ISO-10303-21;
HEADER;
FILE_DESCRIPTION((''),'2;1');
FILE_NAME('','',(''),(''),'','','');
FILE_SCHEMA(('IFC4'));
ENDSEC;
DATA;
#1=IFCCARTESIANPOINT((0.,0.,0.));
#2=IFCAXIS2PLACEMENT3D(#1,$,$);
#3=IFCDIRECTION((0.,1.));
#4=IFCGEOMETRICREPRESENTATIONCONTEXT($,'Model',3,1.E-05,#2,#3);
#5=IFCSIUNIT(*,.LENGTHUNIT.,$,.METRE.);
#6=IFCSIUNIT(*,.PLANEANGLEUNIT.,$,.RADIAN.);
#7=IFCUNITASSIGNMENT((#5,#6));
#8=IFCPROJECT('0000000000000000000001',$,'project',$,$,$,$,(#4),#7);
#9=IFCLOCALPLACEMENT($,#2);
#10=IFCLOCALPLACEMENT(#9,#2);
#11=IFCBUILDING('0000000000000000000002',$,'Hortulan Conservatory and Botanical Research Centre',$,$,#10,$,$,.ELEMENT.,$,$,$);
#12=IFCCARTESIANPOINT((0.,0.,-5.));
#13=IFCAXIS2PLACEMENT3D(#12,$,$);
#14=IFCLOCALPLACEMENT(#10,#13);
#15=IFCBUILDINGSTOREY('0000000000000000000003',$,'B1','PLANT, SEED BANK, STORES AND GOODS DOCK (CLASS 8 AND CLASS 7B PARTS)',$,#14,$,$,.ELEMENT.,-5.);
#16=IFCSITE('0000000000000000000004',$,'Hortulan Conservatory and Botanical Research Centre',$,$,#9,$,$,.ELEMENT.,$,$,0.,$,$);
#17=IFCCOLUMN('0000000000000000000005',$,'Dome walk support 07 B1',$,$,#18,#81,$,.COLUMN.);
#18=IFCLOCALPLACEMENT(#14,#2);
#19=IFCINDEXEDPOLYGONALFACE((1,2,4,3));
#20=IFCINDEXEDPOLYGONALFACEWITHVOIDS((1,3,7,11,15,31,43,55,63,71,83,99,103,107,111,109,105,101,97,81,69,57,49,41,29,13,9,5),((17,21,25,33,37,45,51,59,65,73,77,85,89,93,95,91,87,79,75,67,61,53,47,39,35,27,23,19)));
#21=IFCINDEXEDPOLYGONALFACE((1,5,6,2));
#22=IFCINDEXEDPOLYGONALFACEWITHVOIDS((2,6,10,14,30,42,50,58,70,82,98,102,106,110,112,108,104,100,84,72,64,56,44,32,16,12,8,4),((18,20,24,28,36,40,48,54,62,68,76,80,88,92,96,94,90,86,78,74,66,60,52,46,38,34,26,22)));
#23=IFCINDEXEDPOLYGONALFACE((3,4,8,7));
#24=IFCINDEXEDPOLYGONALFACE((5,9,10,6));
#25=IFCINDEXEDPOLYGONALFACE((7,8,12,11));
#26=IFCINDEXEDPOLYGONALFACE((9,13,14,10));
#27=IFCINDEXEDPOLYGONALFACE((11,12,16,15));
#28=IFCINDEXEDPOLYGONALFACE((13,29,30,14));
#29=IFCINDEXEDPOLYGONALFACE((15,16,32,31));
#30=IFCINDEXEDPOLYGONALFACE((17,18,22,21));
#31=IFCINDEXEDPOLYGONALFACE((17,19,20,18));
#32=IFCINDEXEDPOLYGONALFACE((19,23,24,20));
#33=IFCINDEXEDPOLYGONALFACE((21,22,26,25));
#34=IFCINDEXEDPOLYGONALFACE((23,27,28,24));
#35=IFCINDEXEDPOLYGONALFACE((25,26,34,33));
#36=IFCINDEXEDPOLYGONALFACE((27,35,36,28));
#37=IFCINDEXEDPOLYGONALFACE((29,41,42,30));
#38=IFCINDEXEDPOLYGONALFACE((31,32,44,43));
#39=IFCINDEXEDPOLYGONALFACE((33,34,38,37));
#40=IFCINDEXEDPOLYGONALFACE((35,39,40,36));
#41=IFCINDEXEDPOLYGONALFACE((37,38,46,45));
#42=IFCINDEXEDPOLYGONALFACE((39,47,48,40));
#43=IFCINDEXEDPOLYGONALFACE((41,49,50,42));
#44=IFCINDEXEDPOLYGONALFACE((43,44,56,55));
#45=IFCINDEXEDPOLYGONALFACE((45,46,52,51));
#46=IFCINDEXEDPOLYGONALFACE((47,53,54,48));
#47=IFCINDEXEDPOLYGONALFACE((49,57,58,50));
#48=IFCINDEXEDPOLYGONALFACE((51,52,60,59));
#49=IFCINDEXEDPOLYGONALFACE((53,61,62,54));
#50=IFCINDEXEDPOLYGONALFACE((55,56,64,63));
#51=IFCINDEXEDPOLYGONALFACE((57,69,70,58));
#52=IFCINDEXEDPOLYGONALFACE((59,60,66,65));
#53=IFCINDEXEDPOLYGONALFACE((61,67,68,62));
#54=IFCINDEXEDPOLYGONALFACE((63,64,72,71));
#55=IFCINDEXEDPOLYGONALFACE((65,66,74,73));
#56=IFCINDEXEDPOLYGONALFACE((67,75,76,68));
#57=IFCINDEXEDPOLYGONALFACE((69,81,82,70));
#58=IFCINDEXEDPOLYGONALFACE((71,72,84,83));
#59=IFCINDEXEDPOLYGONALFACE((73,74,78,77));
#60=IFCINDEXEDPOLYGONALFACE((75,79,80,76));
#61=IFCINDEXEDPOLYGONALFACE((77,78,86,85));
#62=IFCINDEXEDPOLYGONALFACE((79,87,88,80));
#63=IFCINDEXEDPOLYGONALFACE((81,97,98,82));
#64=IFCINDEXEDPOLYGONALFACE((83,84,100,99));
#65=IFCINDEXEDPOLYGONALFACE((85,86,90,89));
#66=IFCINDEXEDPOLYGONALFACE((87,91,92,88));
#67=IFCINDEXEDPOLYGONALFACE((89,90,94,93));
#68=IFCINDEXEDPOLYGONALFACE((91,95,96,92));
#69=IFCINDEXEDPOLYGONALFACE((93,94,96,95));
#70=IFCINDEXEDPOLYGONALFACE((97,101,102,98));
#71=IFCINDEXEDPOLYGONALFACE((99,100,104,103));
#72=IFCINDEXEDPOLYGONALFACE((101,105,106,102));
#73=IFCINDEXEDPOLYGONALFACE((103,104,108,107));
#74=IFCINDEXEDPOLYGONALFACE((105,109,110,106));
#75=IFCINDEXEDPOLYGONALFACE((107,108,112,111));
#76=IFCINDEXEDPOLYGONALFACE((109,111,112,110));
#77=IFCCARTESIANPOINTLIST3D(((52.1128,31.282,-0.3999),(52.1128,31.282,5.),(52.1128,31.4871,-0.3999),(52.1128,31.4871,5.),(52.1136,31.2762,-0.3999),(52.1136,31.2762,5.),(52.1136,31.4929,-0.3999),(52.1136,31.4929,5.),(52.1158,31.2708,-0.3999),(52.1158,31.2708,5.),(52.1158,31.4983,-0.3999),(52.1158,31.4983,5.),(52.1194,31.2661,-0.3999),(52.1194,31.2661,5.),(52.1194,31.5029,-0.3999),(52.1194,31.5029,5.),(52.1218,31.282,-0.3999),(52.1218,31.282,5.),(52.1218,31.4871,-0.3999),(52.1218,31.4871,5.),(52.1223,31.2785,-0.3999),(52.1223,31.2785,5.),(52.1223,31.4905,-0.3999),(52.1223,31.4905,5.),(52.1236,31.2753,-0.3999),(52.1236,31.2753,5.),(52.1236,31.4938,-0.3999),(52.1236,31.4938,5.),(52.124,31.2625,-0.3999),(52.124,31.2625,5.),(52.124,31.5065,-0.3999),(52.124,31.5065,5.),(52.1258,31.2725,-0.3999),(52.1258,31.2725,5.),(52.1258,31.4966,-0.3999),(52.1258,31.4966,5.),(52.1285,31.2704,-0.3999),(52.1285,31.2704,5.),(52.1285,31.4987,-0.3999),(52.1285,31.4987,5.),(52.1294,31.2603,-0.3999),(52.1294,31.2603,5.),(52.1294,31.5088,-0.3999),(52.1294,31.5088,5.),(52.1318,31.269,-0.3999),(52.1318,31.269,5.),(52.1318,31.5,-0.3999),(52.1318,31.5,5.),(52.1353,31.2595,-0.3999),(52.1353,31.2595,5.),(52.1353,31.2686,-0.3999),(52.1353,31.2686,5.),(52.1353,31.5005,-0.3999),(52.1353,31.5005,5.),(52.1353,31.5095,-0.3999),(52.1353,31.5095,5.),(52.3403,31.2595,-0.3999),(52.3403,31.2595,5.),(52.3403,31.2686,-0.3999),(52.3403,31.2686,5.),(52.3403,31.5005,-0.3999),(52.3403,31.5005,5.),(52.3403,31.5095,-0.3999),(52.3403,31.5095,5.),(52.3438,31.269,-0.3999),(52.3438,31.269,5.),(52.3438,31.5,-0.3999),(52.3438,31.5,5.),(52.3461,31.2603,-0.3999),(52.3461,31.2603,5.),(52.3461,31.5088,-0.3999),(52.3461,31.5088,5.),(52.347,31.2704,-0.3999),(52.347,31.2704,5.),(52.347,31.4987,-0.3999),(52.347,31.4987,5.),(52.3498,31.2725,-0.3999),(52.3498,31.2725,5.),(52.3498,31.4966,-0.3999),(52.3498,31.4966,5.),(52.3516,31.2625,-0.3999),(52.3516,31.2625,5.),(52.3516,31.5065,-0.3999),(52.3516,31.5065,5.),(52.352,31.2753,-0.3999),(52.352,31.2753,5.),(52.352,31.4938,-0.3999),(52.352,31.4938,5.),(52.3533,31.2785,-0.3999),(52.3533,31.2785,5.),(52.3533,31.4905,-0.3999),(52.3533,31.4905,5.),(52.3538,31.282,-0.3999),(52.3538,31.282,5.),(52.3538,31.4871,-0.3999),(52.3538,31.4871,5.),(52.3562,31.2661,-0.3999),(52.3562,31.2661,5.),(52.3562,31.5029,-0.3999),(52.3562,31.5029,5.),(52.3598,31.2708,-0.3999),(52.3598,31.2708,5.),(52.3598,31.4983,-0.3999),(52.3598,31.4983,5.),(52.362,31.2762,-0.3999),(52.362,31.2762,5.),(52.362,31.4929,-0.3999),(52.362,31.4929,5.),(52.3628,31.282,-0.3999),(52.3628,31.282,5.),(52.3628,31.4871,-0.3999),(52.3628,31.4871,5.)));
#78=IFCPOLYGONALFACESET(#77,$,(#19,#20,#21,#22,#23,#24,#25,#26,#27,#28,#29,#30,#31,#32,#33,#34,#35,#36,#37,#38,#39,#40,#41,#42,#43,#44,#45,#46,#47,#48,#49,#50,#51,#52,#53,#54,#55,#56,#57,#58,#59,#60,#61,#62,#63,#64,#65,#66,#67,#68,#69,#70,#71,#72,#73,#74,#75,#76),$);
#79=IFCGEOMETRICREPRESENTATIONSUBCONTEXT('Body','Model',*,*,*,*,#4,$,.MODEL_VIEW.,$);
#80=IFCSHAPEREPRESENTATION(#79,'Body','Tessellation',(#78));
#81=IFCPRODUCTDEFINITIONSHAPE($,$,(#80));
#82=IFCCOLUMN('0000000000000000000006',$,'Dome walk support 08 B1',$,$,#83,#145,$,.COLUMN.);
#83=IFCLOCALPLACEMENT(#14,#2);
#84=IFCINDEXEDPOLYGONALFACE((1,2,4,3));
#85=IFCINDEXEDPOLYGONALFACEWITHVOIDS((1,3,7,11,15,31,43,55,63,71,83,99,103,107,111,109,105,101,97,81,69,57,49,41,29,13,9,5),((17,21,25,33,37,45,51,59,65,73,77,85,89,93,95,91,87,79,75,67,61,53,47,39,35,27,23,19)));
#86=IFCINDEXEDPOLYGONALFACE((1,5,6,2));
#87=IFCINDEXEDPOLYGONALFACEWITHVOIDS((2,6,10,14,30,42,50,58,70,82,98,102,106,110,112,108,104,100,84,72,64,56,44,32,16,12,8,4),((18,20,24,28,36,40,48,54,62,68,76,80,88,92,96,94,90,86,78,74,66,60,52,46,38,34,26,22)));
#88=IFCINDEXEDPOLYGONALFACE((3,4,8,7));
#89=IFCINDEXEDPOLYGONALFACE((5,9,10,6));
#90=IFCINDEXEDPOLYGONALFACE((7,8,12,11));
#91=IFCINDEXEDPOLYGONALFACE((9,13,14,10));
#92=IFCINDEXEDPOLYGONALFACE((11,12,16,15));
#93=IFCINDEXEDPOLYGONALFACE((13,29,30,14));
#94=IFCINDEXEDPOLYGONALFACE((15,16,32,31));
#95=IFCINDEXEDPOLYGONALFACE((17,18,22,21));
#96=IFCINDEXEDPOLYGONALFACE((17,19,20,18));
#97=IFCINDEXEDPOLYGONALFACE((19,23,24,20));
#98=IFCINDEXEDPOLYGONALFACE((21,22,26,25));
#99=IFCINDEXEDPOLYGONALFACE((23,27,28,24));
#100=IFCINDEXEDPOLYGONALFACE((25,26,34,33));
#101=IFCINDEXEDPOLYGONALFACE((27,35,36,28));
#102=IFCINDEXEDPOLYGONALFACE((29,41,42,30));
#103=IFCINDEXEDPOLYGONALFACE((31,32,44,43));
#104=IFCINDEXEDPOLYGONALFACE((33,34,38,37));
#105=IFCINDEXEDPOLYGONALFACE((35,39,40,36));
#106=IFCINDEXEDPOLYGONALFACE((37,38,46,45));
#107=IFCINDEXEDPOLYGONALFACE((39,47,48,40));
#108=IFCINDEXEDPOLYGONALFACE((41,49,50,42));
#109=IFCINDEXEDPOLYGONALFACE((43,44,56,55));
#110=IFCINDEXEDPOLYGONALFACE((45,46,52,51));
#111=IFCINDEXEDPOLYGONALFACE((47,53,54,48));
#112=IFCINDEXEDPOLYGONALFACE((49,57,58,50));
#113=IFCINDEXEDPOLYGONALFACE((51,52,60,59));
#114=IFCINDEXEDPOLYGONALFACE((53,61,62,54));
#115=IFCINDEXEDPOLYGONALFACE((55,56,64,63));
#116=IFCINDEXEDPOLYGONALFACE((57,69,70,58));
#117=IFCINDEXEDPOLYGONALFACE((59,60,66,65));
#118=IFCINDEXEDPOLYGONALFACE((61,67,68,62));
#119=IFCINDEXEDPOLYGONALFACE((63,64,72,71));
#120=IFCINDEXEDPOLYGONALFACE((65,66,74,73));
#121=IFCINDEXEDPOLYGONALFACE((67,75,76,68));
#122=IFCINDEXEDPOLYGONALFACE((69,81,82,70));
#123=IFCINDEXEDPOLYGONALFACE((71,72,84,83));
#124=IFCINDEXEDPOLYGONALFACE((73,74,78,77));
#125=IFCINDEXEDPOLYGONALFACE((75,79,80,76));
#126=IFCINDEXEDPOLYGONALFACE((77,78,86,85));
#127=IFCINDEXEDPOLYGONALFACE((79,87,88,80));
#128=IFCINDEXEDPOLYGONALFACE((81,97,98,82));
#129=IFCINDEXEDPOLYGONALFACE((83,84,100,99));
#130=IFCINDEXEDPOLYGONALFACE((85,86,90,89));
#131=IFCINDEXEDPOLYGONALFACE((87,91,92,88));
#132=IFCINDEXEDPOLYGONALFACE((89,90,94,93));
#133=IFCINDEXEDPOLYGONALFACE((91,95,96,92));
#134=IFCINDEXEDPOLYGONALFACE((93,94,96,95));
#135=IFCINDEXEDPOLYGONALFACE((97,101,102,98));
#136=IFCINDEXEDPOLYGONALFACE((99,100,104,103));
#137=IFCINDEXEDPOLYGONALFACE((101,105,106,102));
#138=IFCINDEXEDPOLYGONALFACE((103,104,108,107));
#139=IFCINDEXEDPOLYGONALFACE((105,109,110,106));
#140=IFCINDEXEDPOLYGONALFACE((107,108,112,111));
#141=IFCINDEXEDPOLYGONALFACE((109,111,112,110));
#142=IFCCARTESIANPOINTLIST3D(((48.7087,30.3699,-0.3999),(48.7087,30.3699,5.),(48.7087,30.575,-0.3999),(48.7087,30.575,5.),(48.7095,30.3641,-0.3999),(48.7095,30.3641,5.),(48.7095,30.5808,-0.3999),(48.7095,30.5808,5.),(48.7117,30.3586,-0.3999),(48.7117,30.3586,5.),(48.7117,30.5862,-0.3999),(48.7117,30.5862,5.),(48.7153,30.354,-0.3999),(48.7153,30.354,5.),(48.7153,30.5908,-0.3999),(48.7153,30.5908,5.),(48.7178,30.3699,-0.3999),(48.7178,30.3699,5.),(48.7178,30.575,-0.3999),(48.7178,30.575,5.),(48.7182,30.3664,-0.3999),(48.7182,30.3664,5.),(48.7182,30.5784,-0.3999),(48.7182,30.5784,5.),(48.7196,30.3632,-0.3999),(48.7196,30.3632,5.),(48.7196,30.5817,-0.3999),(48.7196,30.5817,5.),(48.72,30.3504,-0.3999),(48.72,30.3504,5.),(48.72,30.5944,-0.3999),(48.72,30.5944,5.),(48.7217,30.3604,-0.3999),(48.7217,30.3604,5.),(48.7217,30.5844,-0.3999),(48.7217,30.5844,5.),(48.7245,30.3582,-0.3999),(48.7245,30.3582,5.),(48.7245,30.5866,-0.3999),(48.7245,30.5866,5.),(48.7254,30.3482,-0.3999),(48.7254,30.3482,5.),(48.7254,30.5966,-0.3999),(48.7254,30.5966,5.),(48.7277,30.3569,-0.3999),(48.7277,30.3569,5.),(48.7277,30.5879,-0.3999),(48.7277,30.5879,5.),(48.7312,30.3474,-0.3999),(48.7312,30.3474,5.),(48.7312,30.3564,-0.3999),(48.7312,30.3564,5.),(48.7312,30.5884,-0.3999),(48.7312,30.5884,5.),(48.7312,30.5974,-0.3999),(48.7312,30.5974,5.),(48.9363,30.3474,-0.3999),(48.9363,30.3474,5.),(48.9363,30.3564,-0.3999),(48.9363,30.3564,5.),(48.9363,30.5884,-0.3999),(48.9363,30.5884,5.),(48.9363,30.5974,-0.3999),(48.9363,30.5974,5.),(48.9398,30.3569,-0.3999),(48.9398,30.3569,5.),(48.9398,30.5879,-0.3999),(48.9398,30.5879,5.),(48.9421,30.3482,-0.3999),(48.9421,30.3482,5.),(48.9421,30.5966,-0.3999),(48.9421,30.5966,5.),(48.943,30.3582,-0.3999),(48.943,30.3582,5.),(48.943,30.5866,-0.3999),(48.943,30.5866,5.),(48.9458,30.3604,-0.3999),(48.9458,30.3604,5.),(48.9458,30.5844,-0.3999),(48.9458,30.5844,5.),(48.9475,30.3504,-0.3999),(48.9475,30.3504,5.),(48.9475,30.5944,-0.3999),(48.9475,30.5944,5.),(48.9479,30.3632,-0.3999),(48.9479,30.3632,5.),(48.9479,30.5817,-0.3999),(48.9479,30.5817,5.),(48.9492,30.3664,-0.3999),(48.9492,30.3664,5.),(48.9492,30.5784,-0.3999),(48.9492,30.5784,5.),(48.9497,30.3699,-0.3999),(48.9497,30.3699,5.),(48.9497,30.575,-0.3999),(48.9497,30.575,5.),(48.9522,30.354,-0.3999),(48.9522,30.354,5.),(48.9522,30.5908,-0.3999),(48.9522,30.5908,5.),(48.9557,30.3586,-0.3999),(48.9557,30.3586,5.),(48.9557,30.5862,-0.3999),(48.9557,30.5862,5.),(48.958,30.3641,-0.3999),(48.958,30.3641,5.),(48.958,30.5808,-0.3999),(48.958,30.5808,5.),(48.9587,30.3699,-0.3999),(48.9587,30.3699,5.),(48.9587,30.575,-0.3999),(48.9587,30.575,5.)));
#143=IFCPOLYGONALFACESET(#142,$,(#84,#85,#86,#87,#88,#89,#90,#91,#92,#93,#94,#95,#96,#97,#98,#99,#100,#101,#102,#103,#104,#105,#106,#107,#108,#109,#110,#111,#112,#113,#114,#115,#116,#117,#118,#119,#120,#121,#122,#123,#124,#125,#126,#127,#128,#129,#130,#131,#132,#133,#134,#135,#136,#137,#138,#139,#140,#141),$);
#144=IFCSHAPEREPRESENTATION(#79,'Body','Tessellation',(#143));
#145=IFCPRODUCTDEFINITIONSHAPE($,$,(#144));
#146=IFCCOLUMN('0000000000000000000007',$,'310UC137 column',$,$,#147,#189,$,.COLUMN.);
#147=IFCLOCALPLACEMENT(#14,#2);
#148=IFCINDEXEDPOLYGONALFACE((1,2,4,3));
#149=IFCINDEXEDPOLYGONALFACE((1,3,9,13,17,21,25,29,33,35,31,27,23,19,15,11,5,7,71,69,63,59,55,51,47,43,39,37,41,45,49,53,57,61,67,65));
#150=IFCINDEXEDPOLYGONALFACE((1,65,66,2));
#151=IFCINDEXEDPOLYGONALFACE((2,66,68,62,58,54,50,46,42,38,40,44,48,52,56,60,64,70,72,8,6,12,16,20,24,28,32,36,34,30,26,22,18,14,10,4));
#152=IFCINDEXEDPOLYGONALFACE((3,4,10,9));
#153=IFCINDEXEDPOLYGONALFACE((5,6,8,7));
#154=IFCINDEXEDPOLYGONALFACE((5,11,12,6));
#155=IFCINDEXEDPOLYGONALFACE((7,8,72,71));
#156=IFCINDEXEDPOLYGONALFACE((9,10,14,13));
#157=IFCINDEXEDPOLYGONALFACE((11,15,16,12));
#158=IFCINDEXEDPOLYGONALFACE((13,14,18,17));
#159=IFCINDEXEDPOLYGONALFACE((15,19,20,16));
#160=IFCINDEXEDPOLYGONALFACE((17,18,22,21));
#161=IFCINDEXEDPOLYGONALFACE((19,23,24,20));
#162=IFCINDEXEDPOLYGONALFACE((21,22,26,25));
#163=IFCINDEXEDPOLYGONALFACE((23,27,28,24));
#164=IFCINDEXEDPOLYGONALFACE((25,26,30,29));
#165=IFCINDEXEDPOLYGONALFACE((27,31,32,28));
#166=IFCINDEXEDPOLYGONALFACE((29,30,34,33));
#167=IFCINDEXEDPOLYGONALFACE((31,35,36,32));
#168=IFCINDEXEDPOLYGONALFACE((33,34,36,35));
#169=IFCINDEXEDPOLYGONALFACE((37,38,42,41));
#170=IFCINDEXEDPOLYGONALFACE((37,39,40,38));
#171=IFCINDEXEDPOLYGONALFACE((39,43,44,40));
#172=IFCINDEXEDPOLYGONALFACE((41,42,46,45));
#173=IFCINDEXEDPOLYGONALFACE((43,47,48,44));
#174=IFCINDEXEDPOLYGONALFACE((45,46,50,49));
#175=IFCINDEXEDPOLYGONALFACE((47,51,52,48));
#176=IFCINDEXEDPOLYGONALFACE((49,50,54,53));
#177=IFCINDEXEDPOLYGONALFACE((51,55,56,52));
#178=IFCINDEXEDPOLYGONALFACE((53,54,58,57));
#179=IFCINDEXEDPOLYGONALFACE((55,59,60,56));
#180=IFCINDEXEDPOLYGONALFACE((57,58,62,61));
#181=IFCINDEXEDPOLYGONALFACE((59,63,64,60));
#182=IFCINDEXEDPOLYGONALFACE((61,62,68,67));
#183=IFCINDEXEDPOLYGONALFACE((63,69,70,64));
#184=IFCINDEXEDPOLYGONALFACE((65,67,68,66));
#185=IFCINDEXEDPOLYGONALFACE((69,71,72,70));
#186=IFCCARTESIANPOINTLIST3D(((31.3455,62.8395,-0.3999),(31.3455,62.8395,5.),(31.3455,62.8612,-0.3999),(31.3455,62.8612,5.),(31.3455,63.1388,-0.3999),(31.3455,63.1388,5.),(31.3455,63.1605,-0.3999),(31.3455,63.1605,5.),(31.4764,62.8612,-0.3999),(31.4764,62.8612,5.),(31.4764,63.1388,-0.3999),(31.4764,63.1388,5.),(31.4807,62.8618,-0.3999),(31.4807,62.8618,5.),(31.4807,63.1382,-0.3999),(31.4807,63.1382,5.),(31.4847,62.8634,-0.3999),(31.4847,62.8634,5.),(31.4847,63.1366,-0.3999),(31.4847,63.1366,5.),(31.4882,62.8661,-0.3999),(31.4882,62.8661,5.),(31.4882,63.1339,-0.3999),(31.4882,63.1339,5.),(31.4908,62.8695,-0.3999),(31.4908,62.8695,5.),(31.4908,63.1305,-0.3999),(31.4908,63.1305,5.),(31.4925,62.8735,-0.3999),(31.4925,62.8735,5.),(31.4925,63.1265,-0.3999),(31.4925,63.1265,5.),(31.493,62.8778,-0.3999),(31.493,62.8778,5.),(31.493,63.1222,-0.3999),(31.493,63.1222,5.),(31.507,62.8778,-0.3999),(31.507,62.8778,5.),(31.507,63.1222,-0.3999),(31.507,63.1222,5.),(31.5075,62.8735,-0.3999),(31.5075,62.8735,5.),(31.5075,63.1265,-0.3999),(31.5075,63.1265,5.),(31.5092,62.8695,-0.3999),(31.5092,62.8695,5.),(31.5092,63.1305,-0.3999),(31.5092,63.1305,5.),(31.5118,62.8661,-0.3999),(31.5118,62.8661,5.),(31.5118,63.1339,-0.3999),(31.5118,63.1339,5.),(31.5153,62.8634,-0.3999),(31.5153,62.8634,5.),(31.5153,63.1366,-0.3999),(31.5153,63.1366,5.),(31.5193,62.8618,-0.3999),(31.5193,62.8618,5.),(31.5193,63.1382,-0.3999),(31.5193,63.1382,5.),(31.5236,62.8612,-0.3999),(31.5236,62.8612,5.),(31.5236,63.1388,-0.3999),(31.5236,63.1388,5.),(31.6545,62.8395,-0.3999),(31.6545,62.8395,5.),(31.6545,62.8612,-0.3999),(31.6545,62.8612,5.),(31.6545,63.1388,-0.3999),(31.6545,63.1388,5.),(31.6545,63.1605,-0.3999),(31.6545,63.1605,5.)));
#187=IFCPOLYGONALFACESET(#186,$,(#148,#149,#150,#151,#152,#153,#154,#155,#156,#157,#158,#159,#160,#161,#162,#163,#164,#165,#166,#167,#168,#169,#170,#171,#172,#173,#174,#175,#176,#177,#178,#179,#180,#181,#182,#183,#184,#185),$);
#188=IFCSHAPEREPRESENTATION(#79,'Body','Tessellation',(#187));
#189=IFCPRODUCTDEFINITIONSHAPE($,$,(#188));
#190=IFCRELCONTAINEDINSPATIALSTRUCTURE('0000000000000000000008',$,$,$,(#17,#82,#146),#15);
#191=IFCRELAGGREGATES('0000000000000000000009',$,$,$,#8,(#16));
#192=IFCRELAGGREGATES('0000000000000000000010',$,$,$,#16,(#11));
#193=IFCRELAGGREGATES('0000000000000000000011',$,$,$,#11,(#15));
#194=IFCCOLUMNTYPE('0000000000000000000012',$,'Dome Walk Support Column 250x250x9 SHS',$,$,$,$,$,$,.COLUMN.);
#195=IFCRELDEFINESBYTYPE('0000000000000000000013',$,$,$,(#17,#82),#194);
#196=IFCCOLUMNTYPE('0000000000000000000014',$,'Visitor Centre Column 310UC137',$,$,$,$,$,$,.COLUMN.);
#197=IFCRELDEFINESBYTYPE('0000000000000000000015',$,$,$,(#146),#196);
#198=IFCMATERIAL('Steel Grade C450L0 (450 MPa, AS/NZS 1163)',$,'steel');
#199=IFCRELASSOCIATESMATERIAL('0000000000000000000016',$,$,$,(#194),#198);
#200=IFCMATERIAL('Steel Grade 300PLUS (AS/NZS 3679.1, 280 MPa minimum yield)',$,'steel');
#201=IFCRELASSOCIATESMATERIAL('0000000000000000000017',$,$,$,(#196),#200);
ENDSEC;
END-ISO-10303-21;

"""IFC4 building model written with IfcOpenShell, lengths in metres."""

from ifc_helpers import new_model, si_unit, direction, frame, origin, origin_2d, place, context, subcontext, project, spatial, hollow_rectangle, i_section, extrude, material, material_profile, profile_set, type_object, element, save


model = new_model("IFC4")

# Units and contexts
model_context = context("Model", 3, precision=1e-05, world=origin(), true_north=direction((0.0, 1.0)))
body_context = subcontext(model_context, "Body", "Model", "MODEL_VIEW")
ifc_project = project(units=[si_unit("LENGTHUNIT", "METRE"), si_unit("PLANEANGLEUNIT", "RADIAN")], contexts=[model_context])

# Site, building, storey
site_placement = place(None, origin())
site = spatial("IfcSite", under=ifc_project, at=site_placement, Name="Hortulan Conservatory and Botanical Research Centre", CompositionType="ELEMENT", RefElevation=0.0)
building_placement = place(site_placement, origin())
building = spatial("IfcBuilding", under=site, at=building_placement, Name="Hortulan Conservatory and Botanical Research Centre", CompositionType="ELEMENT")
storey_placement = place(building_placement, frame((0.0, 0.0, -5.0)))
storey = spatial("IfcBuildingStorey", under=building, at=storey_placement, Name="B1", Description="PLANT, SEED BANK, STORES AND GOODS DOCK (CLASS 8 AND CLASS 7B PARTS)", CompositionType="ELEMENT", Elevation=-5.0)

# Columns
ifc_material_1 = material(Name="Steel Grade C450L0 (450 MPa, AS/NZS 1163)", Category="steel")
ifc_material_profile_1 = material_profile(ifc_material_1, hollow_rectangle(XDim=0.25, YDim=0.25, WallThickness=0.009, InnerFilletRadius=0.0134, OuterFilletRadius=0.0225, at=origin_2d()), Name="250x250x9SHS")
ifc_profile_set_1 = profile_set([ifc_material_profile_1], Name="Steel Grade C450L0 (450 MPa, AS/NZS 1163)")
column_type_1 = type_object("IfcColumnType", Name="Dome Walk Support Column 250x250x9 SHS", PredefinedType="COLUMN", material=ifc_profile_set_1)
for number, where, z_axis, x_axis, name in (
    (1, (52.2378, 31.3845, -0.3999), (0.0, 0.0, 1.0), (1.0, 0.0, 0.0), "Dome walk support 07 B1"),
    (2, (48.8337, 30.4724, -0.3999), (0.0, 0.0, 1.0), (1.0, 0.0, 0.0), "Dome walk support 08 B1"),
):
    element("IfcColumn", number, at=place(storey_placement, frame(where, z_axis=z_axis, x_axis=x_axis)), inside=storey, type_object=column_type_1, Name=name, PredefinedType="COLUMN", context=body_context, shape_type="SweptSolid", body=[
        extrude(hollow_rectangle(XDim=0.25, YDim=0.25, WallThickness=0.009, InnerFilletRadius=0.0134, OuterFilletRadius=0.0225, at=origin_2d()), origin(), (0.0, 0.0, 1.0), 5.3999),
    ])
ifc_material_2 = material(Name="Steel Grade 300PLUS (AS/NZS 3679.1, 280 MPa minimum yield)", Category="steel")
ifc_material_profile_2 = material_profile(ifc_material_2, i_section(OverallWidth=0.3091, OverallDepth=0.321, WebThickness=0.0139, FlangeThickness=0.0217, FilletRadius=0.0166, at=origin_2d()), Name="310UC137")
ifc_profile_set_2 = profile_set([ifc_material_profile_2], Name="Steel Grade 300PLUS (AS/NZS 3679.1, 280 MPa minimum yield)")
column_type_2 = type_object("IfcColumnType", Name="Visitor Centre Column 310UC137", PredefinedType="COLUMN", material=ifc_profile_set_2)
for number, where, z_axis, x_axis, name in (
    (3, (31.5, 63.0, -0.3999), (0.0, 0.0, 1.0), (1.0, 0.0, 0.0), "310UC137 column"),
):
    element("IfcColumn", number, at=place(storey_placement, frame(where, z_axis=z_axis, x_axis=x_axis)), inside=storey, type_object=column_type_2, Name=name, PredefinedType="COLUMN", context=body_context, shape_type="SweptSolid", body=[
        extrude(i_section(OverallWidth=0.3091, OverallDepth=0.321, WebThickness=0.0139, FlangeThickness=0.0217, FilletRadius=0.0166, at=origin_2d()), origin(), (0.0, 0.0, 1.0), 5.3999),
    ])

save(model, "model.ifc")
